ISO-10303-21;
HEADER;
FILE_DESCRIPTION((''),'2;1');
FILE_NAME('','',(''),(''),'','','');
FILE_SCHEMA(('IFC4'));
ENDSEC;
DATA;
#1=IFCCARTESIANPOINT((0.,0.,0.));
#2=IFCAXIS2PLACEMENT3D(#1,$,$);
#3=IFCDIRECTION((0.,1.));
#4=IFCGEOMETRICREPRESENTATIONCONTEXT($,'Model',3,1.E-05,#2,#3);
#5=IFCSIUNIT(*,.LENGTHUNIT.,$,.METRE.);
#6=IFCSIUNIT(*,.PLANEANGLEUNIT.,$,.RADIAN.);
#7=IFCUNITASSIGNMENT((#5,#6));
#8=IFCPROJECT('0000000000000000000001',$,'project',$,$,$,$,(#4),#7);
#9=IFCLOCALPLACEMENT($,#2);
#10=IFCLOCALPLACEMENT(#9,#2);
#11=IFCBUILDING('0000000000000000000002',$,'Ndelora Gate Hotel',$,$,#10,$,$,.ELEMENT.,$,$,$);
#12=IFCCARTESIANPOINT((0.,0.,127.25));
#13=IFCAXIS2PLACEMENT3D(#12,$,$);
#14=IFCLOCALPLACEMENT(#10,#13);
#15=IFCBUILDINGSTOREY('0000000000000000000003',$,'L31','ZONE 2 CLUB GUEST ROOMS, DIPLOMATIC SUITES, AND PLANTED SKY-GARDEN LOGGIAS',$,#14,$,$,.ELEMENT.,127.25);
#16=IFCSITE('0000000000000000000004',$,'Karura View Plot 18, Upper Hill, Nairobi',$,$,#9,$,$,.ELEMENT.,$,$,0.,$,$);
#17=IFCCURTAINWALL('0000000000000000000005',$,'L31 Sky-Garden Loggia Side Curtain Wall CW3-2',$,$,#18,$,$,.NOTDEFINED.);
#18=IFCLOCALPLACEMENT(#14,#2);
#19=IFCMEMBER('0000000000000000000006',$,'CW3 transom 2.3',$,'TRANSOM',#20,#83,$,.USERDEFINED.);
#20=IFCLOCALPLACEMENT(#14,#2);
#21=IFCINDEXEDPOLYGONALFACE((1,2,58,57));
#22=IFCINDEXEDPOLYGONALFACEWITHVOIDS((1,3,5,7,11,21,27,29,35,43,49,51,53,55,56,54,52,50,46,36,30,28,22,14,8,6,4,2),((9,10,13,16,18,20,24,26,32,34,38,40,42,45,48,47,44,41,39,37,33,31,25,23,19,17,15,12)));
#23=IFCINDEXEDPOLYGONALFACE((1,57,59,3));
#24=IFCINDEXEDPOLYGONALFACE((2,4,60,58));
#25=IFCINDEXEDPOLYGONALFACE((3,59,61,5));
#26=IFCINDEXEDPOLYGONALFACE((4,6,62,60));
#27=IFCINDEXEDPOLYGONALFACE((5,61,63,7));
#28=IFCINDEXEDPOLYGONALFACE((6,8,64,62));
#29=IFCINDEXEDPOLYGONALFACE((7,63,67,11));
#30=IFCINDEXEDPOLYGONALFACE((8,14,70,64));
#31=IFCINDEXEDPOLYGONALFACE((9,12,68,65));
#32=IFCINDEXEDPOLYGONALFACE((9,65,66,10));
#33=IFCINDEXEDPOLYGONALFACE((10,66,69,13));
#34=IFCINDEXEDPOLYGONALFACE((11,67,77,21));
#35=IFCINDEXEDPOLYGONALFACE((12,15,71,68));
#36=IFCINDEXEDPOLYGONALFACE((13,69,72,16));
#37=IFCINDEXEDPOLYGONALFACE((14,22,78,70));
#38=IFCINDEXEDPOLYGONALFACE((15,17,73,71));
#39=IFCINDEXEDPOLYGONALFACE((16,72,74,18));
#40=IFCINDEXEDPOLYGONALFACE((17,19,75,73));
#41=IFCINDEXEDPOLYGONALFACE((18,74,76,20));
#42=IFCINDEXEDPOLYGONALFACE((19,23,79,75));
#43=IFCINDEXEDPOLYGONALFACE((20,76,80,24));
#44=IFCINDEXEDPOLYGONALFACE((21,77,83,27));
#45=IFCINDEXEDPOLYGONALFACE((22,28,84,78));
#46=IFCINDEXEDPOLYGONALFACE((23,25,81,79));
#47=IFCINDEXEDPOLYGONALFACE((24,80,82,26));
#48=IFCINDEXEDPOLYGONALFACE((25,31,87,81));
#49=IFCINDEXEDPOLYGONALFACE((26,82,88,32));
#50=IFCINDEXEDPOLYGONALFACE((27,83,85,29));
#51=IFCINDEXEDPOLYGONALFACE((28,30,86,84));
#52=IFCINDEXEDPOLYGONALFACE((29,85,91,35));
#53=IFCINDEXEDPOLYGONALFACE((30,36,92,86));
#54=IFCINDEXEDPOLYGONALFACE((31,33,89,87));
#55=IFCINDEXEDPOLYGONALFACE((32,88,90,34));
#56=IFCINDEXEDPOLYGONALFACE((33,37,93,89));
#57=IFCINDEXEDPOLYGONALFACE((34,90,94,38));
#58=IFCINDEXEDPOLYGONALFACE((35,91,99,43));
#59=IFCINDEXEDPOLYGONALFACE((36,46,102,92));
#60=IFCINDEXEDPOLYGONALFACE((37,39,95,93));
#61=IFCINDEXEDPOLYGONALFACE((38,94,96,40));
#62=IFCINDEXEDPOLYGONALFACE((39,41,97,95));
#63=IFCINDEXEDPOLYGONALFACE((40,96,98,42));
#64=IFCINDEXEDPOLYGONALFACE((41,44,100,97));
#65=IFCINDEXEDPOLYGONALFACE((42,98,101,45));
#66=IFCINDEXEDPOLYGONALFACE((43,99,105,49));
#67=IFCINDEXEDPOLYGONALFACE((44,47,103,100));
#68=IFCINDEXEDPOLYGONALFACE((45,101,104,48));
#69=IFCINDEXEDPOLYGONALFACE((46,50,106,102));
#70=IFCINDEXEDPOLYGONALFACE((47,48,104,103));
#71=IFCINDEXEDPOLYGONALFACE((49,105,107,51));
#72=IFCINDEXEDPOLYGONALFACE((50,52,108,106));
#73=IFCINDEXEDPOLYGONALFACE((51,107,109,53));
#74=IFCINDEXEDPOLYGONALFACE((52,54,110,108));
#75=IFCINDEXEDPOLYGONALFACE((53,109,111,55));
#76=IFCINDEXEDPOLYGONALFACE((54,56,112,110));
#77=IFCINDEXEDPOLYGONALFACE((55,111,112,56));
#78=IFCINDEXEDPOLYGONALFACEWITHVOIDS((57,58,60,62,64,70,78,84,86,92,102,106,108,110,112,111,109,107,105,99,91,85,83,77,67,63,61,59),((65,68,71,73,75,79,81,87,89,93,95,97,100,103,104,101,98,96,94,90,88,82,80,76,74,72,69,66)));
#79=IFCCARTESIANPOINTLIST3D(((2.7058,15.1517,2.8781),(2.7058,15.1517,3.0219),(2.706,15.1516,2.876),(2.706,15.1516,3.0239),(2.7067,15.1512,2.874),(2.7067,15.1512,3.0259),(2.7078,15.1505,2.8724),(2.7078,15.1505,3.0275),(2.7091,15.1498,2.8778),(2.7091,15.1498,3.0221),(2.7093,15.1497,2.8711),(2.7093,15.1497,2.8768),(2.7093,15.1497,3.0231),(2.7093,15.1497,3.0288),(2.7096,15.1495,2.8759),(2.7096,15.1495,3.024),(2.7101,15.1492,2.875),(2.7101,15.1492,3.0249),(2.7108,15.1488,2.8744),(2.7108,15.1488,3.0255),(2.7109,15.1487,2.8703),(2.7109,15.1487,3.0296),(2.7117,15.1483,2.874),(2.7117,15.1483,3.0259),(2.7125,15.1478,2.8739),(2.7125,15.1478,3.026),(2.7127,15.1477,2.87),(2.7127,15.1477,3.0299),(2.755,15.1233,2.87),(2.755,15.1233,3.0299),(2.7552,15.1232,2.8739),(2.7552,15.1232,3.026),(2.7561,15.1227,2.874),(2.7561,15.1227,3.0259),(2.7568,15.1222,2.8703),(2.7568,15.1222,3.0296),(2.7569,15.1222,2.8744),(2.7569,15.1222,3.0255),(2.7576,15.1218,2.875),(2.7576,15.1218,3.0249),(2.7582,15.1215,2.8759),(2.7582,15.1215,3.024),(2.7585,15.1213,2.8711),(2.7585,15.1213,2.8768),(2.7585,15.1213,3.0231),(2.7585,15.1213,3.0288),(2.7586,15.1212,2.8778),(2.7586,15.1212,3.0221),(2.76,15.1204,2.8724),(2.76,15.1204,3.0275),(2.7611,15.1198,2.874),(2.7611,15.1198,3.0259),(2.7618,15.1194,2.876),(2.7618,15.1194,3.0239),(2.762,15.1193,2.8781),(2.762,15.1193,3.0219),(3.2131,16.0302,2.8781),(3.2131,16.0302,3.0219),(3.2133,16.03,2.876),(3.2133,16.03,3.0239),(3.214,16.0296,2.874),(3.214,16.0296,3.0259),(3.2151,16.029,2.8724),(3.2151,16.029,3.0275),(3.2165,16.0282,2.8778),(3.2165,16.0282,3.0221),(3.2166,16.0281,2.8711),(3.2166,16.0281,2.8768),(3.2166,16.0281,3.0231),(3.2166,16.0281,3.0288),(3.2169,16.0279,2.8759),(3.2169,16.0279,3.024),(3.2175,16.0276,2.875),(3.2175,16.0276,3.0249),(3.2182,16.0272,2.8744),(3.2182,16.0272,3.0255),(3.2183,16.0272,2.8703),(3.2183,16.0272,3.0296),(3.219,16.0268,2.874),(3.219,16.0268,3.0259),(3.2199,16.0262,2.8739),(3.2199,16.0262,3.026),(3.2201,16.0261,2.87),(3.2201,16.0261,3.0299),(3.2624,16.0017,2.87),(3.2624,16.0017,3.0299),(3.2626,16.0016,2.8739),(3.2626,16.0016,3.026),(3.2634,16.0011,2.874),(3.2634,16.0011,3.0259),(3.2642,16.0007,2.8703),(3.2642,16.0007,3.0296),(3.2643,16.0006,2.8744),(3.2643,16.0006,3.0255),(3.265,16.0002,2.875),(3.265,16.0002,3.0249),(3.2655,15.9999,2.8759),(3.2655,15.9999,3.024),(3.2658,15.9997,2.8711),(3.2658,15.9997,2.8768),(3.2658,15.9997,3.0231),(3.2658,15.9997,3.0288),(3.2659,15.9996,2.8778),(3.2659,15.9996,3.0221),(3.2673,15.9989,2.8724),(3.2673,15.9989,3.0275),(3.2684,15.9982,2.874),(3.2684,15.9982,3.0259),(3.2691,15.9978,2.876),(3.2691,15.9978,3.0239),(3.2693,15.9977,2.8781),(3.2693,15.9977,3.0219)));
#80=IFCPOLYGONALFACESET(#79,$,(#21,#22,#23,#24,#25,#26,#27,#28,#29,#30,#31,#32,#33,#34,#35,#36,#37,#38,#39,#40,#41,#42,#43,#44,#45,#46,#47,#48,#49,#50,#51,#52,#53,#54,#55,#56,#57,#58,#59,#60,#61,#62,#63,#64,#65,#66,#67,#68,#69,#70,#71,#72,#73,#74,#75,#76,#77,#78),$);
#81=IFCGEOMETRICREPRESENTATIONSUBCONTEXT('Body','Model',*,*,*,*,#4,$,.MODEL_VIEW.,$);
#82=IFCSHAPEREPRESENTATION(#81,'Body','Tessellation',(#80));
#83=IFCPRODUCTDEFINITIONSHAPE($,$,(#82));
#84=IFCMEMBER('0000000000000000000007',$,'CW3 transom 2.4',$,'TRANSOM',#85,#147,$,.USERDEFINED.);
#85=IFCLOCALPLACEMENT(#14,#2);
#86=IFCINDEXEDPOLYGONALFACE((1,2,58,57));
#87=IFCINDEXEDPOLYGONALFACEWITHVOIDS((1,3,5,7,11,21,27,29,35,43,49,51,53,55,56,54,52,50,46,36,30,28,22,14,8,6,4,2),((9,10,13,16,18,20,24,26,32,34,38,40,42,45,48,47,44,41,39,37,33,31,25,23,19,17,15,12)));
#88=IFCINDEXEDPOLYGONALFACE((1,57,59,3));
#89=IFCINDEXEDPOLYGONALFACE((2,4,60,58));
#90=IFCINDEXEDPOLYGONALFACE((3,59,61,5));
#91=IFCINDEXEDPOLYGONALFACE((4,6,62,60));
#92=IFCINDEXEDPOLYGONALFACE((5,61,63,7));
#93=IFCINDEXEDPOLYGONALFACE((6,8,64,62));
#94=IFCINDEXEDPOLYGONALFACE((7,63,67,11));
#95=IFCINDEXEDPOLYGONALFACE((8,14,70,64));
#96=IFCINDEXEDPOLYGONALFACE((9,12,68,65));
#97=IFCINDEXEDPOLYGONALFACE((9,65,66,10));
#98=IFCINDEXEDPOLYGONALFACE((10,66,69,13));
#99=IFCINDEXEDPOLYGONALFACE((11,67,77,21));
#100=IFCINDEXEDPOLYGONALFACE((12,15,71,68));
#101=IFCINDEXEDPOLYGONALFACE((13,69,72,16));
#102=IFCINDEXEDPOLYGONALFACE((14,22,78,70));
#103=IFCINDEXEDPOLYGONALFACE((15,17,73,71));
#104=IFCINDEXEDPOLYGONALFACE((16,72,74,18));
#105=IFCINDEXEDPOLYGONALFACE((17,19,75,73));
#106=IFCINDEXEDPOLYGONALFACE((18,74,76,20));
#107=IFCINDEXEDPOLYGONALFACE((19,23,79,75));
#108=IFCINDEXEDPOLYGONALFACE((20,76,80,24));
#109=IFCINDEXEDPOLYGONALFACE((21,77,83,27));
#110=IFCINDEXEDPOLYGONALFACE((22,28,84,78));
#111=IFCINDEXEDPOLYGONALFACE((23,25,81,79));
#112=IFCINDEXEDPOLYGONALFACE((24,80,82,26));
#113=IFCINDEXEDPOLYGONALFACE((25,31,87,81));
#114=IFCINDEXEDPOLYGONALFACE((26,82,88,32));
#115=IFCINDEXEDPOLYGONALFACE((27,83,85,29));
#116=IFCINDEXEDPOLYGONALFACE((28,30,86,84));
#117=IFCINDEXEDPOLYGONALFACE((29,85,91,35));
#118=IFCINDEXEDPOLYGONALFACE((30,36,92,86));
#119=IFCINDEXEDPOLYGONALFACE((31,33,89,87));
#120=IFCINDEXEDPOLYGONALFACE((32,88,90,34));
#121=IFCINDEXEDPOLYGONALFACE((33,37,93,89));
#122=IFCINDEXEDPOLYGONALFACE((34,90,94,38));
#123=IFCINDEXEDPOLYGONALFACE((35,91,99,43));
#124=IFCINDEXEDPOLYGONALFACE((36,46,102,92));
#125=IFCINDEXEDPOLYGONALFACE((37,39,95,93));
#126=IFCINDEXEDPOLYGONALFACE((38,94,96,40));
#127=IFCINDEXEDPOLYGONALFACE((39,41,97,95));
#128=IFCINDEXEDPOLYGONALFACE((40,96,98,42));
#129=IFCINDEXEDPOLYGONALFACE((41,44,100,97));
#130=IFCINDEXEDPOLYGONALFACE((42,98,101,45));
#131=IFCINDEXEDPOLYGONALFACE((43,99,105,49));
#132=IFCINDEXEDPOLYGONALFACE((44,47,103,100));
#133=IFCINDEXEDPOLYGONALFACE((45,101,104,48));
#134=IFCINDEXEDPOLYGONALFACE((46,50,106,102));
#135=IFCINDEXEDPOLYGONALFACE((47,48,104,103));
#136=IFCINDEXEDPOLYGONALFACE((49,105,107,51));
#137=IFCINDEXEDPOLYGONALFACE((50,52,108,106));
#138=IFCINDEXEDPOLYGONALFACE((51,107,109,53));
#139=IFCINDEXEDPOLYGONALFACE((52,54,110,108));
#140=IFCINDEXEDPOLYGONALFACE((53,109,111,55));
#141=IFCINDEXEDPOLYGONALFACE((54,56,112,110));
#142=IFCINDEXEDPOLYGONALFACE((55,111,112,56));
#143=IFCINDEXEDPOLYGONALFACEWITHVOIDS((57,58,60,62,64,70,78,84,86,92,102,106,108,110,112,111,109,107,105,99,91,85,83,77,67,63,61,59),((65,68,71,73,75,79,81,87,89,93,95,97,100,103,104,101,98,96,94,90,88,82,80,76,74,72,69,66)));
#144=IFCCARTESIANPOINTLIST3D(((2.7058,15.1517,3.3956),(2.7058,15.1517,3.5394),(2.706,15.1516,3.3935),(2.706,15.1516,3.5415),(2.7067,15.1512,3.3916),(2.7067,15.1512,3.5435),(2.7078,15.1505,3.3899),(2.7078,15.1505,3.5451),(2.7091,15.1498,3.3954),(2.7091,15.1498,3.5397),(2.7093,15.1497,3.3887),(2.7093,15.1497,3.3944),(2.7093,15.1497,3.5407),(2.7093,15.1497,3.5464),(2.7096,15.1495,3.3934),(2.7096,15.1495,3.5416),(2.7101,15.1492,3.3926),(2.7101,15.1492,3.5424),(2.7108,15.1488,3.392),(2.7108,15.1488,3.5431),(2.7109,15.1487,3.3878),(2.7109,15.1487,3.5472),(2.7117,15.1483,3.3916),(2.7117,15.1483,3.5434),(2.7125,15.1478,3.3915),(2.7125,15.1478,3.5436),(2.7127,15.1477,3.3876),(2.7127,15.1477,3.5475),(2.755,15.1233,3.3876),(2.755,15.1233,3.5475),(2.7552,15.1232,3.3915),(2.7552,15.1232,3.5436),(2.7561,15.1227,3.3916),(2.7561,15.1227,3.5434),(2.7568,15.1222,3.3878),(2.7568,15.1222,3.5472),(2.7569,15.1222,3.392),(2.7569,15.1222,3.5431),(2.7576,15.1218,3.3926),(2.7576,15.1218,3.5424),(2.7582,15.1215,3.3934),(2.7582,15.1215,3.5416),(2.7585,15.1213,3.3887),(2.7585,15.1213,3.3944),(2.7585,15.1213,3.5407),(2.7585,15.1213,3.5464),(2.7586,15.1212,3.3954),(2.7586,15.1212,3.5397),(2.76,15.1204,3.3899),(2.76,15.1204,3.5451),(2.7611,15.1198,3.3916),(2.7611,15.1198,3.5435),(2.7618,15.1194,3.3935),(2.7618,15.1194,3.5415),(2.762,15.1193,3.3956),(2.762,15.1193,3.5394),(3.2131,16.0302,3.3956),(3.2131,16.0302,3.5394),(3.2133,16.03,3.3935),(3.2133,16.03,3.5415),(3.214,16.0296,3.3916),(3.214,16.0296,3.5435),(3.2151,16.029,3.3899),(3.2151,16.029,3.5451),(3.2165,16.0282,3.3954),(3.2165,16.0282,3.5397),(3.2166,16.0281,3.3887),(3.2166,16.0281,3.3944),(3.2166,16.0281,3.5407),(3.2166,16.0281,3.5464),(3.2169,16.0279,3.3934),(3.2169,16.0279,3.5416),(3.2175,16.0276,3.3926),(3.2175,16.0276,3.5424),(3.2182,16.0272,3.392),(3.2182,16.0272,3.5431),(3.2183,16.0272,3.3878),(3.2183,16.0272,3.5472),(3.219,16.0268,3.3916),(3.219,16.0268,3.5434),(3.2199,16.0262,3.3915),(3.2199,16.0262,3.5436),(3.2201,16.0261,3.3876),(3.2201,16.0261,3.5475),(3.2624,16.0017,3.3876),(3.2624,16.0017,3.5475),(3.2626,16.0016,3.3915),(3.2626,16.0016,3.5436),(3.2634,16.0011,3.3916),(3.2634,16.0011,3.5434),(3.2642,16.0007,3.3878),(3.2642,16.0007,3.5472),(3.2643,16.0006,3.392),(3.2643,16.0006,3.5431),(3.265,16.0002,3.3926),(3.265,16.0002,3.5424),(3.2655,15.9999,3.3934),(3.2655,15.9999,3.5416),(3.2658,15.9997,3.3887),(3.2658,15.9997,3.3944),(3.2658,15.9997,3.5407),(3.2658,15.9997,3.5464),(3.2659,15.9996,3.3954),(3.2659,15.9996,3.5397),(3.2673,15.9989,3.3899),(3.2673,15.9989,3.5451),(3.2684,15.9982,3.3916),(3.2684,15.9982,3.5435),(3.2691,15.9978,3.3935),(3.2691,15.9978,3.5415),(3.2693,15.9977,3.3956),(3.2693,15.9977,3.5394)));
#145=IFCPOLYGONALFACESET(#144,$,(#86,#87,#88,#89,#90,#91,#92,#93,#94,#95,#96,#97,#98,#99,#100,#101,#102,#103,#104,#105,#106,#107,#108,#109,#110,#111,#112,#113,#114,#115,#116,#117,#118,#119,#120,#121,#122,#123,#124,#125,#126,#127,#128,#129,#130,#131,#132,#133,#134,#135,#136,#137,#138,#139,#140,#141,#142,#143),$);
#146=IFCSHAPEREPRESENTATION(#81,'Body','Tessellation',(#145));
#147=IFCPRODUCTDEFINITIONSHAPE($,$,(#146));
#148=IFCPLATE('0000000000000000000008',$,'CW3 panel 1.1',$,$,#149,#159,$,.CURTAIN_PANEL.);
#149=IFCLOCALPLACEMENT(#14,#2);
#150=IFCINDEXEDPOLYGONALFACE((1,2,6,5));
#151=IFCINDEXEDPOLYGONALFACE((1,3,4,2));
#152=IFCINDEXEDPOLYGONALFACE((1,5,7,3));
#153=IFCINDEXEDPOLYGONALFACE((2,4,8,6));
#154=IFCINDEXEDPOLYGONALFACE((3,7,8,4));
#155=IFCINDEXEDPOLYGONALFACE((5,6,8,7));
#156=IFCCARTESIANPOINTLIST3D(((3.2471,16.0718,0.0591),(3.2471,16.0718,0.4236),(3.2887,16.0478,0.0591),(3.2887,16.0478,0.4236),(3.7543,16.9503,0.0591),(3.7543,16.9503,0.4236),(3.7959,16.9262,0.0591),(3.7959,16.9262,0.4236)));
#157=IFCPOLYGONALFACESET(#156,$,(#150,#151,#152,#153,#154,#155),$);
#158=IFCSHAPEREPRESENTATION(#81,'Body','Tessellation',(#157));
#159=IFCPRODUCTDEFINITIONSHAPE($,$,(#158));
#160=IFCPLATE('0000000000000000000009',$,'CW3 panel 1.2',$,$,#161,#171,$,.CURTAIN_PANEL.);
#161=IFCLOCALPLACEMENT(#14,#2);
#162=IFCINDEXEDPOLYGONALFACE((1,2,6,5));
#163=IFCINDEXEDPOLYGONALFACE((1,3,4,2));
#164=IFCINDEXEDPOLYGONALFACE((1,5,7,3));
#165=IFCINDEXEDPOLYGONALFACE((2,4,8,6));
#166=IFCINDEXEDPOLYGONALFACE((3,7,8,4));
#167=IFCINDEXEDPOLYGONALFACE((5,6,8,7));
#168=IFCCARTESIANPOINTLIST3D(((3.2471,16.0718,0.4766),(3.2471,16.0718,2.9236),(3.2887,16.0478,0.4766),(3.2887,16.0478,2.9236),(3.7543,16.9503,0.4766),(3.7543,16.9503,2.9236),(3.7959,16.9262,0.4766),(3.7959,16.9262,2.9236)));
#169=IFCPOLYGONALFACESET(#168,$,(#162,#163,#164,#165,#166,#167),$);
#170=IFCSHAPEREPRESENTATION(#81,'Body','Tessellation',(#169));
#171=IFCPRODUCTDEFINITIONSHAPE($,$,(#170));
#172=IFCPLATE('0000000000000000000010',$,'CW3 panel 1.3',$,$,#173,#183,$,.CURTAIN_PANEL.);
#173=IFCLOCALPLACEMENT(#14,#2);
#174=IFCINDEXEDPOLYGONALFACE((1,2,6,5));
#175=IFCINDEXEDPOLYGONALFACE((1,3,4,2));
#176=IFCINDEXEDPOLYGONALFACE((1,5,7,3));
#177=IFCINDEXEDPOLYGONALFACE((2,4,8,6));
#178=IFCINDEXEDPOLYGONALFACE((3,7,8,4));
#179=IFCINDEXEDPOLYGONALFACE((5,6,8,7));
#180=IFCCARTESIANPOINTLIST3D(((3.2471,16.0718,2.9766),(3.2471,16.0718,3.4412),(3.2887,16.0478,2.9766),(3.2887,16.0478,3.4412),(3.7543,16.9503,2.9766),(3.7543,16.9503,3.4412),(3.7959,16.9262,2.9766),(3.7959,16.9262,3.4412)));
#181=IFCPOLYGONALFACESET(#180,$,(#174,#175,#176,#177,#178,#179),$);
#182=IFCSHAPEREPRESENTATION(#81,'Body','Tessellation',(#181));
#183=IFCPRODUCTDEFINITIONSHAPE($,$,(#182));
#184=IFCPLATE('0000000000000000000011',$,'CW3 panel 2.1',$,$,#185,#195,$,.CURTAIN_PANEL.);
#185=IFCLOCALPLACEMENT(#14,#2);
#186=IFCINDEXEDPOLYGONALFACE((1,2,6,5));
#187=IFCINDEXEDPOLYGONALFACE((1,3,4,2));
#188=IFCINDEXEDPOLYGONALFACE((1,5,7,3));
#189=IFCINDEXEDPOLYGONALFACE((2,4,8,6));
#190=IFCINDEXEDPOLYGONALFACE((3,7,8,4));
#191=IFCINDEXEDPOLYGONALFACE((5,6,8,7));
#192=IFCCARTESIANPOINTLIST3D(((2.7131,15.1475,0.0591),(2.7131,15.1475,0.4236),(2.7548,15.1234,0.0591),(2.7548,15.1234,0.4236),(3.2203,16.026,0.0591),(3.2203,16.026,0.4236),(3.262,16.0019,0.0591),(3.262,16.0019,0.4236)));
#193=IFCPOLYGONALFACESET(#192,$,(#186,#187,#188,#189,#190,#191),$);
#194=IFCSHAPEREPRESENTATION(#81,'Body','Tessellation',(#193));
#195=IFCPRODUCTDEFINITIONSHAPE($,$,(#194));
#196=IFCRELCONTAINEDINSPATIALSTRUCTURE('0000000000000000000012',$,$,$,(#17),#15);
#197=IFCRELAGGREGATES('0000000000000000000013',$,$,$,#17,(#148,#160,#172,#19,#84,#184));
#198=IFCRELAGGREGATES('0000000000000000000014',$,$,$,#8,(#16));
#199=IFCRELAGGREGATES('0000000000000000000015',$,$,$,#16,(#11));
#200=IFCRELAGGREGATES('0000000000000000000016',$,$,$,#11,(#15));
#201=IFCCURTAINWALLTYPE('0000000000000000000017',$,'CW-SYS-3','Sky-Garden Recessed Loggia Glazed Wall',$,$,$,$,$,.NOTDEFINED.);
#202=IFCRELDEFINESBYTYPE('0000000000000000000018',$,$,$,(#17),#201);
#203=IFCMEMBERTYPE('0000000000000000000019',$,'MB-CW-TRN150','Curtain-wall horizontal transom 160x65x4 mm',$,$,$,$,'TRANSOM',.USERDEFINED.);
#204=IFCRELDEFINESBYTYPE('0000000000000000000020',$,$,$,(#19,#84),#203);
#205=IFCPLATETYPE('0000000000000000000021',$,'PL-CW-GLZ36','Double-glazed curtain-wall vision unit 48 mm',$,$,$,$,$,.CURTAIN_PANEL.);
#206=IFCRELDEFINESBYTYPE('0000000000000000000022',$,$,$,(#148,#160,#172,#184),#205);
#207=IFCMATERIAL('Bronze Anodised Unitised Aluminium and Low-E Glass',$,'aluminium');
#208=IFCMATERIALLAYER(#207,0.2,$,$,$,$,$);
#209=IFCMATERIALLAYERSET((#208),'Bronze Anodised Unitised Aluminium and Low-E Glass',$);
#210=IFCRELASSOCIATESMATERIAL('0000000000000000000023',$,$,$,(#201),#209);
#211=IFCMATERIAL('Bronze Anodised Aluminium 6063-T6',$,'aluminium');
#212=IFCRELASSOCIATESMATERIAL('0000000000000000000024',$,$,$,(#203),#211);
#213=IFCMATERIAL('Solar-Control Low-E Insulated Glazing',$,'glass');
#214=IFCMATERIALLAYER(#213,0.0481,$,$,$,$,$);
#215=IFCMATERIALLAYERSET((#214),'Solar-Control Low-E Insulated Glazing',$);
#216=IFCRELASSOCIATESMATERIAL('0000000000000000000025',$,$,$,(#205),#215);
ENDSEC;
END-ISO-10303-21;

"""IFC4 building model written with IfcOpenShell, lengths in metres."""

from ifc_helpers import new_model, si_unit, direction, frame, origin, origin_2d, place, context, subcontext, project, spatial, rectangle, hollow_rectangle, extrude, material, layer, layer_set, material_profile, profile_set, type_object, element, aggregate, save


model = new_model("IFC4")

# Units and contexts
model_context = context("Model", 3, precision=1e-05, world=origin(), true_north=direction((0.0, 1.0)))
body_context = subcontext(model_context, "Body", "Model", "MODEL_VIEW")
ifc_project = project(units=[si_unit("LENGTHUNIT", "METRE"), si_unit("PLANEANGLEUNIT", "RADIAN")], contexts=[model_context])

# Site, building, storey
site_placement = place(None, origin())
site = spatial("IfcSite", under=ifc_project, at=site_placement, Name="Karura View Plot 18, Upper Hill, Nairobi", CompositionType="ELEMENT", RefElevation=0.0)
building_placement = place(site_placement, origin())
building = spatial("IfcBuilding", under=site, at=building_placement, Name="Ndelora Gate Hotel", CompositionType="ELEMENT")
storey_placement = place(building_placement, frame((0.0, 0.0, 127.25)))
storey = spatial("IfcBuildingStorey", under=building, at=storey_placement, Name="L31", Description="ZONE 2 CLUB GUEST ROOMS, DIPLOMATIC SUITES, AND PLANTED SKY-GARDEN LOGGIAS", CompositionType="ELEMENT", Elevation=127.25)

# Curtain wall, members, plates
ifc_material_1 = material(Name="Bronze Anodised Unitised Aluminium and Low-E Glass", Category="aluminium")
ifc_layer_1 = layer(ifc_material_1, 0.2)
ifc_layer_set_1 = layer_set([ifc_layer_1], Name="Bronze Anodised Unitised Aluminium and Low-E Glass")
curtain_wall_type = type_object("IfcCurtainWallType", Name="CW-SYS-3", Description="Sky-Garden Recessed Loggia Glazed Wall", PredefinedType="NOTDEFINED", material=ifc_layer_set_1)
curtain_wall_placement = place(storey_placement, origin())
curtain_wall = element("IfcCurtainWall", 1, at=curtain_wall_placement, inside=storey, type_object=curtain_wall_type, Name="L31 Sky-Garden Loggia Side Curtain Wall CW3-2", PredefinedType="NOTDEFINED")
ifc_material_2 = material(Name="Bronze Anodised Aluminium 6063-T6", Category="aluminium")
ifc_material_profile_1 = material_profile(ifc_material_2, hollow_rectangle(XDim=0.0649, YDim=0.1599, WallThickness=0.0039, InnerFilletRadius=0.0039, OuterFilletRadius=0.0081, at=origin_2d()), Name="ALU 160x65x4")
ifc_profile_set_1 = profile_set([ifc_material_profile_1], Name="Bronze Anodised Aluminium 6063-T6")
member_type_1 = type_object("IfcMemberType", Name="MB-CW-TRN150", Description="Curtain-wall horizontal transom 160x65x4 mm", ElementType="TRANSOM", PredefinedType="USERDEFINED", material=ifc_profile_set_1)
member_1_placement = place(storey_placement, frame((3.2412, 16.0139, 2.95), z_axis=(-0.500125, -0.865953, 0.0), x_axis=(0.865953, -0.500125, 0.0)))
member_1 = element("IfcMember", 2, at=member_1_placement, type_object=member_type_1, Name="CW3 transom 2.3", ObjectType="TRANSOM", PredefinedType="USERDEFINED", context=body_context, shape_type="SweptSolid", body=[
    extrude(hollow_rectangle(XDim=0.0649, YDim=0.1599, WallThickness=0.0039, InnerFilletRadius=0.0039, OuterFilletRadius=0.0081, at=origin_2d()), origin(), (0.0, 0.0, 1.0), 1.0144),
])
member_2_placement = place(storey_placement, frame((3.2412, 16.0139, 3.4675), z_axis=(-0.500125, -0.865953, 0.0), x_axis=(0.865953, -0.500125, 0.0)))
member_2 = element("IfcMember", 3, at=member_2_placement, type_object=member_type_1, Name="CW3 transom 2.4", ObjectType="TRANSOM", PredefinedType="USERDEFINED", context=body_context, shape_type="SweptSolid", body=[
    extrude(hollow_rectangle(XDim=0.0649, YDim=0.1599, WallThickness=0.0039, InnerFilletRadius=0.0039, OuterFilletRadius=0.0081, at=origin_2d()), origin(), (0.0, 0.0, 1.0), 1.0144),
])
ifc_material_3 = material(Name="Solar-Control Low-E Insulated Glazing", Category="glass")
ifc_layer_2 = layer(ifc_material_3, 0.0481)
ifc_layer_set_2 = layer_set([ifc_layer_2], Name="Solar-Control Low-E Insulated Glazing")
plate_type = type_object("IfcPlateType", Name="PL-CW-GLZ36", Description="Double-glazed curtain-wall vision unit 48 mm", PredefinedType="CURTAIN_PANEL", material=ifc_layer_set_2)
plate_1_placement = place(storey_placement, frame((3.5215, 16.499, 0.0591), z_axis=(0.0, 0.0, 1.0), x_axis=(-0.500011, -0.866019, 0.0)))
plate_1 = element("IfcPlate", 4, at=plate_1_placement, type_object=plate_type, Name="CW3 panel 1.1", PredefinedType="CURTAIN_PANEL", context=body_context, shape_type="SweptSolid", body=[
    extrude(rectangle(XDim=1.0144, YDim=0.0481, at=origin_2d()), origin(), (0.0, 0.0, 1.0), 0.3645),
])
plate_2_placement = place(storey_placement, frame((3.5215, 16.499, 0.4766), z_axis=(0.0, 0.0, 1.0), x_axis=(-0.500011, -0.866019, 0.0)))
plate_2 = element("IfcPlate", 5, at=plate_2_placement, type_object=plate_type, Name="CW3 panel 1.2", PredefinedType="CURTAIN_PANEL", context=body_context, shape_type="SweptSolid", body=[
    extrude(rectangle(XDim=1.0144, YDim=0.0481, at=origin_2d()), origin(), (0.0, 0.0, 1.0), 2.447),
])
plate_3_placement = place(storey_placement, frame((3.5215, 16.499, 2.9766), z_axis=(0.0, 0.0, 1.0), x_axis=(-0.500011, -0.866019, 0.0)))
plate_3 = element("IfcPlate", 6, at=plate_3_placement, type_object=plate_type, Name="CW3 panel 1.3", PredefinedType="CURTAIN_PANEL", context=body_context, shape_type="SweptSolid", body=[
    extrude(rectangle(XDim=1.0144, YDim=0.0481, at=origin_2d()), origin(), (0.0, 0.0, 1.0), 0.4646),
])
plate_4_placement = place(storey_placement, frame((2.9875, 15.5747, 0.0591), z_axis=(0.0, 0.0, 1.0), x_axis=(-0.500011, -0.866019, 0.0)))
plate_4 = element("IfcPlate", 7, at=plate_4_placement, type_object=plate_type, Name="CW3 panel 2.1", PredefinedType="CURTAIN_PANEL", context=body_context, shape_type="SweptSolid", body=[
    extrude(rectangle(XDim=1.0144, YDim=0.0481, at=origin_2d()), origin(), (0.0, 0.0, 1.0), 0.3645),
])
aggregate(curtain_wall, [plate_1, plate_2, plate_3, member_1, member_2, plate_4])

save(model, "model.ifc")
